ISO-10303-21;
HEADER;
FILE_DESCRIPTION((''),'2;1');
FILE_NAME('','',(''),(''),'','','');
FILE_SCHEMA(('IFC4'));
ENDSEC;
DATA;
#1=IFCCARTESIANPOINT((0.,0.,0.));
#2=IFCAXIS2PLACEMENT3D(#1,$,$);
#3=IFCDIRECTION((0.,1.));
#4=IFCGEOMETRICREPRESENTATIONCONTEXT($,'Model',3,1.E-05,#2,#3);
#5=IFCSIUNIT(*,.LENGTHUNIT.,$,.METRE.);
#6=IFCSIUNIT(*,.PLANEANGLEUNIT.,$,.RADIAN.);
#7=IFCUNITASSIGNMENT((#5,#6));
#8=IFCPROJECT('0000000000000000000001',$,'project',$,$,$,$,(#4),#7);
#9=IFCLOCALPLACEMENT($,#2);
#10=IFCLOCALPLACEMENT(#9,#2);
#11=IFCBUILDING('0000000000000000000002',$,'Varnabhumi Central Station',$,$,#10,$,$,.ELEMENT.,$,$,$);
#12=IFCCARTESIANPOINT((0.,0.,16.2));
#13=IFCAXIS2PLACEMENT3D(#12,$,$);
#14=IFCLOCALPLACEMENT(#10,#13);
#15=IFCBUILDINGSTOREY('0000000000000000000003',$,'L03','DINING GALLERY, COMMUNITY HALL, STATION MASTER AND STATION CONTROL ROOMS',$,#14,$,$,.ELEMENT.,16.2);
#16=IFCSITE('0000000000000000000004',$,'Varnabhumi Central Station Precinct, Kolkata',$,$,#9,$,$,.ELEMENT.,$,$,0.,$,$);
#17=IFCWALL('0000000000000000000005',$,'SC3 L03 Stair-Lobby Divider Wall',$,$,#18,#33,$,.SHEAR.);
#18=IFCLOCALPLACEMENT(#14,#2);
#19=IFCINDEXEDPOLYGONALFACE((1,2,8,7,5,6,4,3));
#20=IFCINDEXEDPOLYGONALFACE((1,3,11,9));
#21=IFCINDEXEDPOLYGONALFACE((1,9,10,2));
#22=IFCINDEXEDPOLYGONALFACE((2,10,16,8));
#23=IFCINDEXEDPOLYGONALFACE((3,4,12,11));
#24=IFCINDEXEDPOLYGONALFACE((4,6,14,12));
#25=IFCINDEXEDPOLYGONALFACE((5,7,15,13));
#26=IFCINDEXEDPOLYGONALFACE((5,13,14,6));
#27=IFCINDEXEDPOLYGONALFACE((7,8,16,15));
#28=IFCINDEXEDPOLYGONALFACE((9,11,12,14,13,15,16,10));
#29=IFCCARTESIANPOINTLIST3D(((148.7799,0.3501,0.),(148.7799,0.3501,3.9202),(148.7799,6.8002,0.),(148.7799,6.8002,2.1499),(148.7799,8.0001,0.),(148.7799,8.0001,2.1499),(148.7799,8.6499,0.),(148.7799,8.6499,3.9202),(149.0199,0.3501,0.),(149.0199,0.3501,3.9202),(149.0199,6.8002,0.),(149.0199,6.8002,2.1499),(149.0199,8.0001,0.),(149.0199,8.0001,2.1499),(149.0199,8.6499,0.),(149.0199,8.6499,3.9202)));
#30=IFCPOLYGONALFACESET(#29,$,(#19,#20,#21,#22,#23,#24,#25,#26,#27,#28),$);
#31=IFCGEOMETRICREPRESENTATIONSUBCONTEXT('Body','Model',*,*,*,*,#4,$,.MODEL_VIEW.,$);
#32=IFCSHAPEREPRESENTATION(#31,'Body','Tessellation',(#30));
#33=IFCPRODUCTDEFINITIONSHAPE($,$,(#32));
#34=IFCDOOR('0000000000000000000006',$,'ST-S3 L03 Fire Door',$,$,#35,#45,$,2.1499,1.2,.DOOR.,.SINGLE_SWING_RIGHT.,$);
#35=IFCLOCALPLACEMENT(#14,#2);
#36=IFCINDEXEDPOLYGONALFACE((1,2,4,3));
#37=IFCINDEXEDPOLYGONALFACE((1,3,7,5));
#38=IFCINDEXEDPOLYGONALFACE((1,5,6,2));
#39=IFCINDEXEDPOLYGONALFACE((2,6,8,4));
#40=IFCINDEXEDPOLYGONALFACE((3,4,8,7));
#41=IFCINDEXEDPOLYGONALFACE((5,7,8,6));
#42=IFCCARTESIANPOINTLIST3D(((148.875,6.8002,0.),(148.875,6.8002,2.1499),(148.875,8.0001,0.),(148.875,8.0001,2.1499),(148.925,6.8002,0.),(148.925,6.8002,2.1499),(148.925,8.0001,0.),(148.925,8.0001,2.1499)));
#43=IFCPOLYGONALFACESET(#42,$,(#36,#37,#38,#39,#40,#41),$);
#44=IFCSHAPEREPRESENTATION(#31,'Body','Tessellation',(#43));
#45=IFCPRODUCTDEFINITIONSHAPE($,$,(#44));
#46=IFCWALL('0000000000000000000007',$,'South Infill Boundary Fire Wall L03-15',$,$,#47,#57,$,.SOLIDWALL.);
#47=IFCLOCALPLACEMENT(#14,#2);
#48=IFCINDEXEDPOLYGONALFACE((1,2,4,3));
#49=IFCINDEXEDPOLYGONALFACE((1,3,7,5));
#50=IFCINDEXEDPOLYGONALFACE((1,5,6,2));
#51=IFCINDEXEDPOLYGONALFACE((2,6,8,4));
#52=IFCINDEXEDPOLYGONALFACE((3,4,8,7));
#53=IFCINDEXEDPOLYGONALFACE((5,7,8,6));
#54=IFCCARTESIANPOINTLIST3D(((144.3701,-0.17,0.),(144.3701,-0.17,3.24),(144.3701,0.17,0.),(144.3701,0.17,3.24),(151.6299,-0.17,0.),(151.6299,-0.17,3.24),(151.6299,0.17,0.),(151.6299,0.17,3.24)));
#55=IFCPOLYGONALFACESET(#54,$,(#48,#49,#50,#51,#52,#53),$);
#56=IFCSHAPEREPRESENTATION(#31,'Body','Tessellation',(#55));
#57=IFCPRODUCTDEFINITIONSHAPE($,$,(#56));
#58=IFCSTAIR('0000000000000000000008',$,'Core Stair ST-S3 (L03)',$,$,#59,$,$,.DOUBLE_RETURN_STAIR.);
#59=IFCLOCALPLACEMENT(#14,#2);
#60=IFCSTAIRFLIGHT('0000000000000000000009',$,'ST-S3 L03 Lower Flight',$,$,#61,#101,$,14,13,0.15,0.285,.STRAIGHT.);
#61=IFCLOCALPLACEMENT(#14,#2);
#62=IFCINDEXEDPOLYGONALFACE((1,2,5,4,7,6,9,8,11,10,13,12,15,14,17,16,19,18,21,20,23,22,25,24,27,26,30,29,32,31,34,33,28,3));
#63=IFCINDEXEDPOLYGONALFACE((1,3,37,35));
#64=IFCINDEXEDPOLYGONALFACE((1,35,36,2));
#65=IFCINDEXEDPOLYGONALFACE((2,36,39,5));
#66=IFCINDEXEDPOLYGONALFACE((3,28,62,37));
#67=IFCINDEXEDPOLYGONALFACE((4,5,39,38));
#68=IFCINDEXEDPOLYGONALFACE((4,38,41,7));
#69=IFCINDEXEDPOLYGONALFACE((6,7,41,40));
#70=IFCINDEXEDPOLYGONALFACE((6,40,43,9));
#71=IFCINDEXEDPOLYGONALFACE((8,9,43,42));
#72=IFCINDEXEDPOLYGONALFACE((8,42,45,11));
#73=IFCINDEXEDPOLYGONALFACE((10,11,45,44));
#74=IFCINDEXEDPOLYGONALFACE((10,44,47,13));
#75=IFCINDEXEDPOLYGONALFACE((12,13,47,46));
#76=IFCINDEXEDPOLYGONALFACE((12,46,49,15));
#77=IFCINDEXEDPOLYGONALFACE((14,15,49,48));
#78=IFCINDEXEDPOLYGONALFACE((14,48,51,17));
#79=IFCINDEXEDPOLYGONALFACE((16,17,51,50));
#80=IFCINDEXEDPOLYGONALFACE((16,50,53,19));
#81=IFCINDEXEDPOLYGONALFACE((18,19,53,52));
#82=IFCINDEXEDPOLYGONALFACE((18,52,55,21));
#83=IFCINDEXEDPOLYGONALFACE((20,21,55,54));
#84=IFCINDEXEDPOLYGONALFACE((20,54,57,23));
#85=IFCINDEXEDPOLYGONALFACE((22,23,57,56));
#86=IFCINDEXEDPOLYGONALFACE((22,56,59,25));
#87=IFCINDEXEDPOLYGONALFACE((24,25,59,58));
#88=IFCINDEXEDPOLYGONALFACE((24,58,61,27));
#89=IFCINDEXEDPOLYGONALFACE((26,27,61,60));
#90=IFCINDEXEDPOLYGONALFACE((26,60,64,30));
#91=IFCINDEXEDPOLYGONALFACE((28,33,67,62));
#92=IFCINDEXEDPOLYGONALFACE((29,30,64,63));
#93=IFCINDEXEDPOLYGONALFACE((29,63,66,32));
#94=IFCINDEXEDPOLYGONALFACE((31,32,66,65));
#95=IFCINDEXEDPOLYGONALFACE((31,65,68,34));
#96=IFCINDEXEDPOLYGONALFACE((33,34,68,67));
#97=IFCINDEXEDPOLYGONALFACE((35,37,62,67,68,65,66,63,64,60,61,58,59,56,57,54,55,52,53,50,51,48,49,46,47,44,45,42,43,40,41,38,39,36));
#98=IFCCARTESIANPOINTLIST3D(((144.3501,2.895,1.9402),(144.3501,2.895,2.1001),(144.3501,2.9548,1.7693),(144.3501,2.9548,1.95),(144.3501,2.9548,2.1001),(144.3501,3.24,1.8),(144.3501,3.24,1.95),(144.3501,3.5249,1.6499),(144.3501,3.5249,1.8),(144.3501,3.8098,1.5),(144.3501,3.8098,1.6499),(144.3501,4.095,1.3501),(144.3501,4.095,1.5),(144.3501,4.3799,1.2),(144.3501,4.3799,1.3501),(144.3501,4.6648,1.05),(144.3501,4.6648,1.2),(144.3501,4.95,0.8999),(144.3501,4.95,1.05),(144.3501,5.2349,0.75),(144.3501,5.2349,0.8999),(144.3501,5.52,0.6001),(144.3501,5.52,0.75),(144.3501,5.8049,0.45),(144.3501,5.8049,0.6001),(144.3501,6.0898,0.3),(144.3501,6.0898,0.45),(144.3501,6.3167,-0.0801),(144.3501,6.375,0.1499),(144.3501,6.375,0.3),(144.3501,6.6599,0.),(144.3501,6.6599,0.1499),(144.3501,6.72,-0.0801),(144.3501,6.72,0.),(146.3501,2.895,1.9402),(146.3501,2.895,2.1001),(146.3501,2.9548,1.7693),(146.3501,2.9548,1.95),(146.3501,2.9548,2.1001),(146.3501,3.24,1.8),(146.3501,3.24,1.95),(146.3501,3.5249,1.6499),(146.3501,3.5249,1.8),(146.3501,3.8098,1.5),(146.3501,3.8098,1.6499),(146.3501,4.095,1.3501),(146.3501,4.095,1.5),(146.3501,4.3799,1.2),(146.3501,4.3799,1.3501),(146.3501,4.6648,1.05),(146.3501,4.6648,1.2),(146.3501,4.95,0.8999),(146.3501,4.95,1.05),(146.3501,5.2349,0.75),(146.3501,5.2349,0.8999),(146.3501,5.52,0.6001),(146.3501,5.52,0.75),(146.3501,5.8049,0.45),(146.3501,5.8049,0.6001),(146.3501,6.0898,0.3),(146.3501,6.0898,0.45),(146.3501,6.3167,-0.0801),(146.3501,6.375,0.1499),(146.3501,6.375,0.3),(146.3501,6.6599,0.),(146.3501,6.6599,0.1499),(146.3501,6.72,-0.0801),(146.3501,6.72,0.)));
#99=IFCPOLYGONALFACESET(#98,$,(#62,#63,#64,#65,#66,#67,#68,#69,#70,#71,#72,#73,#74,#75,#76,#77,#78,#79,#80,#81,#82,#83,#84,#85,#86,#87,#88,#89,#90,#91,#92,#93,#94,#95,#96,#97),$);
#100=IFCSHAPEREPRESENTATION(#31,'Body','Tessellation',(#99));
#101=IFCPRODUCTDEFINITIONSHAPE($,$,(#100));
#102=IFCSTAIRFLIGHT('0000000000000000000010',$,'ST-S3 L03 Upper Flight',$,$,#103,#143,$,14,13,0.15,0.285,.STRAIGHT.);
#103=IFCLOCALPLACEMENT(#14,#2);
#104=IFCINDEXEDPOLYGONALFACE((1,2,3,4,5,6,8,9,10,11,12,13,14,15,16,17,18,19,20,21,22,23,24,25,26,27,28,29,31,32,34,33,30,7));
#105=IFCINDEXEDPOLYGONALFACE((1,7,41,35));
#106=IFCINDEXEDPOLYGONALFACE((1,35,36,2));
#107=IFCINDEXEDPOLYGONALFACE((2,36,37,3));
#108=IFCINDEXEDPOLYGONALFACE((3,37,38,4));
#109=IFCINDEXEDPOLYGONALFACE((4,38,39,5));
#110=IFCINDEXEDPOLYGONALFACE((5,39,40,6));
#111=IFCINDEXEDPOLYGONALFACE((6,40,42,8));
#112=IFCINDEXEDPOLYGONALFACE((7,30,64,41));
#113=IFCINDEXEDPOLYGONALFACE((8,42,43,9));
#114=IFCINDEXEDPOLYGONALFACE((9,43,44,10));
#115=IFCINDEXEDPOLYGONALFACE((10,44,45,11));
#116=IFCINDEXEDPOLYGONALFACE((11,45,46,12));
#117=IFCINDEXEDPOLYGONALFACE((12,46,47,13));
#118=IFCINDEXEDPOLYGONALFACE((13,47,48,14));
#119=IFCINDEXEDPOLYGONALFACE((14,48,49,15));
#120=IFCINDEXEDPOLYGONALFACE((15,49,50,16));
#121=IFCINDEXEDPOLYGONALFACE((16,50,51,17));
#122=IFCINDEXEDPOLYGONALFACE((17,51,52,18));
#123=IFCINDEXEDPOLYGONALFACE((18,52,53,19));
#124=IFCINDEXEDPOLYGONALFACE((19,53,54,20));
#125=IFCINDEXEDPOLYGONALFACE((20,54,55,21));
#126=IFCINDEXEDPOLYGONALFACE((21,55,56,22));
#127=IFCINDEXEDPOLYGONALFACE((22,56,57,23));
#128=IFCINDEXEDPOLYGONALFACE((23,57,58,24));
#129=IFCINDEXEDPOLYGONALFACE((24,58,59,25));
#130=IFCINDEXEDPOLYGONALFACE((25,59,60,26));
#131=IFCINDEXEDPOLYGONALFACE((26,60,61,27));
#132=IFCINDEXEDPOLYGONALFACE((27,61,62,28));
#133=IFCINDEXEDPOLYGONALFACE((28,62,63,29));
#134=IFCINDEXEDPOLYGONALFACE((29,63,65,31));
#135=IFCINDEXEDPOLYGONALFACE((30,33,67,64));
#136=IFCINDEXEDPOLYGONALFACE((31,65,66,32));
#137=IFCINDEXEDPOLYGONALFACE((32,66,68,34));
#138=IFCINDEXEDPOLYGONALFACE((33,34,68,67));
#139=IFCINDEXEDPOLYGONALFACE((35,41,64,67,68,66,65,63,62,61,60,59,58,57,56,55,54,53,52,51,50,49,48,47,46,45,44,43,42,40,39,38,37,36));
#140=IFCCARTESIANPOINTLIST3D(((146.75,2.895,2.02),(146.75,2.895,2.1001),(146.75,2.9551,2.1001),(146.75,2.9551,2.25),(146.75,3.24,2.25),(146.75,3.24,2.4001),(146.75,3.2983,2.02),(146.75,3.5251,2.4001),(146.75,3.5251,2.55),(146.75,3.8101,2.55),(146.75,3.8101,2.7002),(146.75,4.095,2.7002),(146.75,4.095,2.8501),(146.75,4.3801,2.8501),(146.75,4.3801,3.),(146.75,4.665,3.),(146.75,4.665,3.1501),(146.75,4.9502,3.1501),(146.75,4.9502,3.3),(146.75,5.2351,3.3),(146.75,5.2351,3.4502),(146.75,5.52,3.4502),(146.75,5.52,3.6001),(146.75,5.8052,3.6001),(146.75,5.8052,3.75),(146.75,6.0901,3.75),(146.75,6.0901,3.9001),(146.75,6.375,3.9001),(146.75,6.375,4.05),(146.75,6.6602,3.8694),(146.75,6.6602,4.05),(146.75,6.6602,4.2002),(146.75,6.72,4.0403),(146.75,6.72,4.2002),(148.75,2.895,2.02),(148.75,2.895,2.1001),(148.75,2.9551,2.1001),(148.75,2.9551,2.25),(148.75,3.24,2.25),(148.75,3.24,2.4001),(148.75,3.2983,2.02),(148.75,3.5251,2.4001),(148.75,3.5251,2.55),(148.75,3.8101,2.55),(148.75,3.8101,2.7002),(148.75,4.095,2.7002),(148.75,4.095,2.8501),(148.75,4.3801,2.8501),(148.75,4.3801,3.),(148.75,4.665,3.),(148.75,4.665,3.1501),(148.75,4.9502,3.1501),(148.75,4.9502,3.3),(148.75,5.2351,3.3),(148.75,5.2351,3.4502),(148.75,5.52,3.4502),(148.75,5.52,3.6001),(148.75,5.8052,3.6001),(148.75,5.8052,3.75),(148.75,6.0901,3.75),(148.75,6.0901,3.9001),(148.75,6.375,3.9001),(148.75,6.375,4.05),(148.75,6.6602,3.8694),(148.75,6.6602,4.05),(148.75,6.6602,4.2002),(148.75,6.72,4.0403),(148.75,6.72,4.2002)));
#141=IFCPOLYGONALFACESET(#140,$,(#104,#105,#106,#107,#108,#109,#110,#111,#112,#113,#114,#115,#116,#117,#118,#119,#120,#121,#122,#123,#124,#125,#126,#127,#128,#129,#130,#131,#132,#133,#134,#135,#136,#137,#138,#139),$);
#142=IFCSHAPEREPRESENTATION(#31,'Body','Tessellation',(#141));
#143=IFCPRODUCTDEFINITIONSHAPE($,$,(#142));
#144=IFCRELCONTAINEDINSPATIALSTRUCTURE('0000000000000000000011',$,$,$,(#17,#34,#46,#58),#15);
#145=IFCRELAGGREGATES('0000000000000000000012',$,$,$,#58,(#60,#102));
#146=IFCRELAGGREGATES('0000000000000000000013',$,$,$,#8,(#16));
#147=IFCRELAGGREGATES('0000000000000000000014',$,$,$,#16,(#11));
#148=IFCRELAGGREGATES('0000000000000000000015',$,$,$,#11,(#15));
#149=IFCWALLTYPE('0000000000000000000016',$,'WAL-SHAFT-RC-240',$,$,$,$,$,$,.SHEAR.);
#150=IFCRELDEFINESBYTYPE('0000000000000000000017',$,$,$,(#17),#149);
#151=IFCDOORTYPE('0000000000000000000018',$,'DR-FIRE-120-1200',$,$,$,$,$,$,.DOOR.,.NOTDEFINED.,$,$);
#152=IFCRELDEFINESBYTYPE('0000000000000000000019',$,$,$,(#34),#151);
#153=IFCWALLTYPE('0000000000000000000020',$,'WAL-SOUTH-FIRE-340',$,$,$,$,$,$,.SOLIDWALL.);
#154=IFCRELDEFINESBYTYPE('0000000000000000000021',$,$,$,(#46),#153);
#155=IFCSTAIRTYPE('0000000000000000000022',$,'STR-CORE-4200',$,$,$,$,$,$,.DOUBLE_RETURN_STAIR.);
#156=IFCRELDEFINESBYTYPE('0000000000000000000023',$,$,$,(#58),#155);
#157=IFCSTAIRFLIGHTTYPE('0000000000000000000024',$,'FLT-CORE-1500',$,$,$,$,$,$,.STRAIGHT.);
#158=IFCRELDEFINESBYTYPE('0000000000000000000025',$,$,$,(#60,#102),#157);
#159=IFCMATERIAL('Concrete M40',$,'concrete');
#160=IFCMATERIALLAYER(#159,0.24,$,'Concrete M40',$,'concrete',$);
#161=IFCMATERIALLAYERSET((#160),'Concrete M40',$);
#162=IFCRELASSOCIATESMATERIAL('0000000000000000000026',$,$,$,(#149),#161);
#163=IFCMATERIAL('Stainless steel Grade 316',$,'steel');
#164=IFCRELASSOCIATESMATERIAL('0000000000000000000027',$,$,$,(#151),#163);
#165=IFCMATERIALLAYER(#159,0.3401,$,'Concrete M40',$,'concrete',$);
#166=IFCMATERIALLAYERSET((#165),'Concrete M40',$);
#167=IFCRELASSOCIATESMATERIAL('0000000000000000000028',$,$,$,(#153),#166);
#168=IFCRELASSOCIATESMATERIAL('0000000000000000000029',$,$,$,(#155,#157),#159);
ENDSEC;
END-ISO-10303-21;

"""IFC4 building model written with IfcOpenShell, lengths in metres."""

from ifc_helpers import new_model, si_unit, direction, frame, frame_2d, origin, place, context, subcontext, project, spatial, polyline, rectangle, outline, extrude, material, layer, layer_set, type_object, element, fill, aggregate, save


model = new_model("IFC4")

# Units and contexts
model_context = context("Model", 3, precision=1e-05, world=origin(), true_north=direction((0.0, 1.0)))
body_context = subcontext(model_context, "Body", "Model", "MODEL_VIEW")
ifc_project = project(units=[si_unit("LENGTHUNIT", "METRE"), si_unit("PLANEANGLEUNIT", "RADIAN")], contexts=[model_context])

# Site, building, storey
site_placement = place(None, origin())
site = spatial("IfcSite", under=ifc_project, at=site_placement, Name="Varnabhumi Central Station Precinct, Kolkata", CompositionType="ELEMENT", RefElevation=0.0)
building_placement = place(site_placement, origin())
building = spatial("IfcBuilding", under=site, at=building_placement, Name="Varnabhumi Central Station", CompositionType="ELEMENT")
storey_placement = place(building_placement, frame((0.0, 0.0, 16.2)))
storey = spatial("IfcBuildingStorey", under=building, at=storey_placement, Name="L03", Description="DINING GALLERY, COMMUNITY HALL, STATION MASTER AND STATION CONTROL ROOMS", CompositionType="ELEMENT", Elevation=16.2)

# Shared definitions
ifc_material_1 = material(Name="Concrete M40", Category="concrete")

# Wall, opening, door
ifc_layer_1 = layer(ifc_material_1, 0.24, Name="Concrete M40", Category="concrete")
ifc_layer_set_1 = layer_set([ifc_layer_1], Name="Concrete M40")
wall_type_1 = type_object("IfcWallType", Name="WAL-SHAFT-RC-240", PredefinedType="SHEAR", material=ifc_layer_set_1)
wall_1_placement = place(storey_placement, frame((148.8999, 0.3501, 0.0), z_axis=(0.0, 0.0, 1.0), x_axis=(0.0, 1.0, 0.0)))
wall_1 = element("IfcWall", 1, at=wall_1_placement, inside=storey, type_object=wall_type_1, Name="SC3 L03 Stair-Lobby Divider Wall", PredefinedType="SHEAR", context=body_context, shape_type="SweptSolid", body=[
    extrude(rectangle(XDim=8.2998, YDim=0.24, at=frame_2d((4.1499, 0.0))), origin(), (0.0, 0.0, 1.0), 3.9202),
])
opening_1_placement = place(wall_1_placement, frame((6.45, 0.0, 0.0)))
opening_1 = element("IfcOpeningElement", 2, at=opening_1_placement, cuts=wall_1, PredefinedType="OPENING", context=body_context, shape_type="SweptSolid", body=[
    extrude(rectangle(XDim=1.2, YDim=2.1499, at=frame_2d((0.6001, 1.075))), frame((0.0, 0.1299, 0.0), z_axis=(0.0, -1.0, 0.0), x_axis=(1.0, 0.0, 0.0)), (0.0, 0.0, 1.0), 0.26),
])
ifc_material_2 = material(Name="Stainless steel Grade 316", Category="steel")
door_type_1 = type_object("IfcDoorType", Name="DR-FIRE-120-1200", OperationType="NOTDEFINED", PredefinedType="DOOR", material=ifc_material_2)
door_1_placement = place(opening_1_placement, origin())
door_1 = element("IfcDoor", 3, at=door_1_placement, inside=storey, type_object=door_type_1, Name="ST-S3 L03 Fire Door", OperationType="SINGLE_SWING_RIGHT", OverallHeight=2.1499, OverallWidth=1.2, PredefinedType="DOOR", context=body_context, shape_type="SweptSolid", body=[
    extrude(rectangle(XDim=1.2, YDim=2.1499, at=frame_2d((0.6001, 1.075))), frame((0.0, 0.0249, 0.0), z_axis=(0.0, -1.0, 0.0), x_axis=(1.0, 0.0, 0.0)), (0.0, 0.0, 1.0), 0.05),
])
fill(opening_1, door_1)

# Wall
ifc_layer_2 = layer(ifc_material_1, 0.3401, Name="Concrete M40", Category="concrete")
ifc_layer_set_2 = layer_set([ifc_layer_2], Name="Concrete M40")
wall_type_2 = type_object("IfcWallType", Name="WAL-SOUTH-FIRE-340", PredefinedType="SOLIDWALL", material=ifc_layer_set_2)
wall_2_placement = place(storey_placement, frame((144.3701, 0.0, 0.0), z_axis=(0.0, 0.0, 1.0), x_axis=(1.0, 0.0, 0.0)))
element("IfcWall", 4, at=wall_2_placement, inside=storey, type_object=wall_type_2, Name="South Infill Boundary Fire Wall L03-15", PredefinedType="SOLIDWALL", context=body_context, shape_type="SweptSolid", body=[
    extrude(rectangle(XDim=7.2598, YDim=0.3401, at=frame_2d((3.6299, 0.0))), origin(), (0.0, 0.0, 1.0), 3.24),
])

# Stair, stair flights
stair_type = type_object("IfcStairType", Name="STR-CORE-4200", PredefinedType="DOUBLE_RETURN_STAIR", material=ifc_material_1)
stair_placement = place(storey_placement, origin())
stair = element("IfcStair", 5, at=stair_placement, inside=storey, type_object=stair_type, Name="Core Stair ST-S3 (L03)", PredefinedType="DOUBLE_RETURN_STAIR")
stair_flight_type = type_object("IfcStairFlightType", Name="FLT-CORE-1500", PredefinedType="STRAIGHT", material=ifc_material_1)
stair_flight_1_placement = place(storey_placement, frame((145.3501, 6.6599, 0.0), z_axis=(0.0, 0.0, 1.0), x_axis=(0.0, -1.0, 0.0)))
stair_flight_1 = element("IfcStairFlight", 6, at=stair_flight_1_placement, type_object=stair_flight_type, Name="ST-S3 L03 Lower Flight", NumberOfRisers=14, NumberOfTreads=13, PredefinedType="STRAIGHT", RiserHeight=0.15, TreadLength=0.285, context=body_context, shape_type="SweptSolid", body=[
    extrude(outline(polyline([(-0.0601, -0.0801), (-0.0601, 0.0), (0.0, 0.0), (0.0, 0.1499), (0.2849, 0.1499), (0.2849, 0.3), (0.5701, 0.3), (0.5701, 0.45), (0.855, 0.45), (0.855, 0.6001), (1.1399, 0.6001), (1.1399, 0.75), (1.425, 0.75), (1.425, 0.8999), (1.71, 0.8999), (1.71, 1.05), (1.9951, 1.05), (1.9951, 1.2), (2.28, 1.2), (2.28, 1.3501), (2.5649, 1.3501), (2.5649, 1.5), (2.8501, 1.5), (2.8501, 1.6499), (3.135, 1.6499), (3.135, 1.8), (3.4199, 1.8), (3.4199, 1.95), (3.7051, 1.95), (3.7051, 2.1001), (3.7649, 2.1001), (3.7649, 1.9402), (3.7051, 1.7693), (0.3433, -0.0801), (-0.0601, -0.0801)])), frame((0.0, 1.0, 0.0), z_axis=(0.0, -1.0, 0.0), x_axis=(1.0, 0.0, 0.0)), (0.0, 0.0, 1.0), 2.0),
])
stair_flight_2_placement = place(storey_placement, frame((147.75, 2.9551, 2.1001), z_axis=(0.0, 0.0, 1.0), x_axis=(0.0, 1.0, 0.0)))
stair_flight_2 = element("IfcStairFlight", 7, at=stair_flight_2_placement, type_object=stair_flight_type, Name="ST-S3 L03 Upper Flight", NumberOfRisers=14, NumberOfTreads=13, PredefinedType="STRAIGHT", RiserHeight=0.15, TreadLength=0.285, context=body_context, shape_type="SweptSolid", body=[
    extrude(outline(polyline([(-0.0601, -0.0801), (-0.0601, 0.0), (0.0, 0.0), (0.0, 0.1499), (0.2849, 0.1499), (0.2849, 0.3), (0.5701, 0.3), (0.5701, 0.45), (0.855, 0.45), (0.855, 0.6001), (1.1399, 0.6001), (1.1399, 0.75), (1.425, 0.75), (1.425, 0.8999), (1.71, 0.8999), (1.71, 1.05), (1.9951, 1.05), (1.9951, 1.2), (2.28, 1.2), (2.28, 1.3501), (2.5649, 1.3501), (2.5649, 1.5), (2.8501, 1.5), (2.8501, 1.6499), (3.135, 1.6499), (3.135, 1.8), (3.4199, 1.8), (3.4199, 1.95), (3.7051, 1.95), (3.7051, 2.1001), (3.7649, 2.1001), (3.7649, 1.9402), (3.7051, 1.7693), (0.3433, -0.0801), (-0.0601, -0.0801)])), frame((0.0, 1.0, 0.0), z_axis=(0.0, -1.0, 0.0), x_axis=(1.0, 0.0, 0.0)), (0.0, 0.0, 1.0), 2.0),
])
aggregate(stair, [stair_flight_1, stair_flight_2])

save(model, "model.ifc")
